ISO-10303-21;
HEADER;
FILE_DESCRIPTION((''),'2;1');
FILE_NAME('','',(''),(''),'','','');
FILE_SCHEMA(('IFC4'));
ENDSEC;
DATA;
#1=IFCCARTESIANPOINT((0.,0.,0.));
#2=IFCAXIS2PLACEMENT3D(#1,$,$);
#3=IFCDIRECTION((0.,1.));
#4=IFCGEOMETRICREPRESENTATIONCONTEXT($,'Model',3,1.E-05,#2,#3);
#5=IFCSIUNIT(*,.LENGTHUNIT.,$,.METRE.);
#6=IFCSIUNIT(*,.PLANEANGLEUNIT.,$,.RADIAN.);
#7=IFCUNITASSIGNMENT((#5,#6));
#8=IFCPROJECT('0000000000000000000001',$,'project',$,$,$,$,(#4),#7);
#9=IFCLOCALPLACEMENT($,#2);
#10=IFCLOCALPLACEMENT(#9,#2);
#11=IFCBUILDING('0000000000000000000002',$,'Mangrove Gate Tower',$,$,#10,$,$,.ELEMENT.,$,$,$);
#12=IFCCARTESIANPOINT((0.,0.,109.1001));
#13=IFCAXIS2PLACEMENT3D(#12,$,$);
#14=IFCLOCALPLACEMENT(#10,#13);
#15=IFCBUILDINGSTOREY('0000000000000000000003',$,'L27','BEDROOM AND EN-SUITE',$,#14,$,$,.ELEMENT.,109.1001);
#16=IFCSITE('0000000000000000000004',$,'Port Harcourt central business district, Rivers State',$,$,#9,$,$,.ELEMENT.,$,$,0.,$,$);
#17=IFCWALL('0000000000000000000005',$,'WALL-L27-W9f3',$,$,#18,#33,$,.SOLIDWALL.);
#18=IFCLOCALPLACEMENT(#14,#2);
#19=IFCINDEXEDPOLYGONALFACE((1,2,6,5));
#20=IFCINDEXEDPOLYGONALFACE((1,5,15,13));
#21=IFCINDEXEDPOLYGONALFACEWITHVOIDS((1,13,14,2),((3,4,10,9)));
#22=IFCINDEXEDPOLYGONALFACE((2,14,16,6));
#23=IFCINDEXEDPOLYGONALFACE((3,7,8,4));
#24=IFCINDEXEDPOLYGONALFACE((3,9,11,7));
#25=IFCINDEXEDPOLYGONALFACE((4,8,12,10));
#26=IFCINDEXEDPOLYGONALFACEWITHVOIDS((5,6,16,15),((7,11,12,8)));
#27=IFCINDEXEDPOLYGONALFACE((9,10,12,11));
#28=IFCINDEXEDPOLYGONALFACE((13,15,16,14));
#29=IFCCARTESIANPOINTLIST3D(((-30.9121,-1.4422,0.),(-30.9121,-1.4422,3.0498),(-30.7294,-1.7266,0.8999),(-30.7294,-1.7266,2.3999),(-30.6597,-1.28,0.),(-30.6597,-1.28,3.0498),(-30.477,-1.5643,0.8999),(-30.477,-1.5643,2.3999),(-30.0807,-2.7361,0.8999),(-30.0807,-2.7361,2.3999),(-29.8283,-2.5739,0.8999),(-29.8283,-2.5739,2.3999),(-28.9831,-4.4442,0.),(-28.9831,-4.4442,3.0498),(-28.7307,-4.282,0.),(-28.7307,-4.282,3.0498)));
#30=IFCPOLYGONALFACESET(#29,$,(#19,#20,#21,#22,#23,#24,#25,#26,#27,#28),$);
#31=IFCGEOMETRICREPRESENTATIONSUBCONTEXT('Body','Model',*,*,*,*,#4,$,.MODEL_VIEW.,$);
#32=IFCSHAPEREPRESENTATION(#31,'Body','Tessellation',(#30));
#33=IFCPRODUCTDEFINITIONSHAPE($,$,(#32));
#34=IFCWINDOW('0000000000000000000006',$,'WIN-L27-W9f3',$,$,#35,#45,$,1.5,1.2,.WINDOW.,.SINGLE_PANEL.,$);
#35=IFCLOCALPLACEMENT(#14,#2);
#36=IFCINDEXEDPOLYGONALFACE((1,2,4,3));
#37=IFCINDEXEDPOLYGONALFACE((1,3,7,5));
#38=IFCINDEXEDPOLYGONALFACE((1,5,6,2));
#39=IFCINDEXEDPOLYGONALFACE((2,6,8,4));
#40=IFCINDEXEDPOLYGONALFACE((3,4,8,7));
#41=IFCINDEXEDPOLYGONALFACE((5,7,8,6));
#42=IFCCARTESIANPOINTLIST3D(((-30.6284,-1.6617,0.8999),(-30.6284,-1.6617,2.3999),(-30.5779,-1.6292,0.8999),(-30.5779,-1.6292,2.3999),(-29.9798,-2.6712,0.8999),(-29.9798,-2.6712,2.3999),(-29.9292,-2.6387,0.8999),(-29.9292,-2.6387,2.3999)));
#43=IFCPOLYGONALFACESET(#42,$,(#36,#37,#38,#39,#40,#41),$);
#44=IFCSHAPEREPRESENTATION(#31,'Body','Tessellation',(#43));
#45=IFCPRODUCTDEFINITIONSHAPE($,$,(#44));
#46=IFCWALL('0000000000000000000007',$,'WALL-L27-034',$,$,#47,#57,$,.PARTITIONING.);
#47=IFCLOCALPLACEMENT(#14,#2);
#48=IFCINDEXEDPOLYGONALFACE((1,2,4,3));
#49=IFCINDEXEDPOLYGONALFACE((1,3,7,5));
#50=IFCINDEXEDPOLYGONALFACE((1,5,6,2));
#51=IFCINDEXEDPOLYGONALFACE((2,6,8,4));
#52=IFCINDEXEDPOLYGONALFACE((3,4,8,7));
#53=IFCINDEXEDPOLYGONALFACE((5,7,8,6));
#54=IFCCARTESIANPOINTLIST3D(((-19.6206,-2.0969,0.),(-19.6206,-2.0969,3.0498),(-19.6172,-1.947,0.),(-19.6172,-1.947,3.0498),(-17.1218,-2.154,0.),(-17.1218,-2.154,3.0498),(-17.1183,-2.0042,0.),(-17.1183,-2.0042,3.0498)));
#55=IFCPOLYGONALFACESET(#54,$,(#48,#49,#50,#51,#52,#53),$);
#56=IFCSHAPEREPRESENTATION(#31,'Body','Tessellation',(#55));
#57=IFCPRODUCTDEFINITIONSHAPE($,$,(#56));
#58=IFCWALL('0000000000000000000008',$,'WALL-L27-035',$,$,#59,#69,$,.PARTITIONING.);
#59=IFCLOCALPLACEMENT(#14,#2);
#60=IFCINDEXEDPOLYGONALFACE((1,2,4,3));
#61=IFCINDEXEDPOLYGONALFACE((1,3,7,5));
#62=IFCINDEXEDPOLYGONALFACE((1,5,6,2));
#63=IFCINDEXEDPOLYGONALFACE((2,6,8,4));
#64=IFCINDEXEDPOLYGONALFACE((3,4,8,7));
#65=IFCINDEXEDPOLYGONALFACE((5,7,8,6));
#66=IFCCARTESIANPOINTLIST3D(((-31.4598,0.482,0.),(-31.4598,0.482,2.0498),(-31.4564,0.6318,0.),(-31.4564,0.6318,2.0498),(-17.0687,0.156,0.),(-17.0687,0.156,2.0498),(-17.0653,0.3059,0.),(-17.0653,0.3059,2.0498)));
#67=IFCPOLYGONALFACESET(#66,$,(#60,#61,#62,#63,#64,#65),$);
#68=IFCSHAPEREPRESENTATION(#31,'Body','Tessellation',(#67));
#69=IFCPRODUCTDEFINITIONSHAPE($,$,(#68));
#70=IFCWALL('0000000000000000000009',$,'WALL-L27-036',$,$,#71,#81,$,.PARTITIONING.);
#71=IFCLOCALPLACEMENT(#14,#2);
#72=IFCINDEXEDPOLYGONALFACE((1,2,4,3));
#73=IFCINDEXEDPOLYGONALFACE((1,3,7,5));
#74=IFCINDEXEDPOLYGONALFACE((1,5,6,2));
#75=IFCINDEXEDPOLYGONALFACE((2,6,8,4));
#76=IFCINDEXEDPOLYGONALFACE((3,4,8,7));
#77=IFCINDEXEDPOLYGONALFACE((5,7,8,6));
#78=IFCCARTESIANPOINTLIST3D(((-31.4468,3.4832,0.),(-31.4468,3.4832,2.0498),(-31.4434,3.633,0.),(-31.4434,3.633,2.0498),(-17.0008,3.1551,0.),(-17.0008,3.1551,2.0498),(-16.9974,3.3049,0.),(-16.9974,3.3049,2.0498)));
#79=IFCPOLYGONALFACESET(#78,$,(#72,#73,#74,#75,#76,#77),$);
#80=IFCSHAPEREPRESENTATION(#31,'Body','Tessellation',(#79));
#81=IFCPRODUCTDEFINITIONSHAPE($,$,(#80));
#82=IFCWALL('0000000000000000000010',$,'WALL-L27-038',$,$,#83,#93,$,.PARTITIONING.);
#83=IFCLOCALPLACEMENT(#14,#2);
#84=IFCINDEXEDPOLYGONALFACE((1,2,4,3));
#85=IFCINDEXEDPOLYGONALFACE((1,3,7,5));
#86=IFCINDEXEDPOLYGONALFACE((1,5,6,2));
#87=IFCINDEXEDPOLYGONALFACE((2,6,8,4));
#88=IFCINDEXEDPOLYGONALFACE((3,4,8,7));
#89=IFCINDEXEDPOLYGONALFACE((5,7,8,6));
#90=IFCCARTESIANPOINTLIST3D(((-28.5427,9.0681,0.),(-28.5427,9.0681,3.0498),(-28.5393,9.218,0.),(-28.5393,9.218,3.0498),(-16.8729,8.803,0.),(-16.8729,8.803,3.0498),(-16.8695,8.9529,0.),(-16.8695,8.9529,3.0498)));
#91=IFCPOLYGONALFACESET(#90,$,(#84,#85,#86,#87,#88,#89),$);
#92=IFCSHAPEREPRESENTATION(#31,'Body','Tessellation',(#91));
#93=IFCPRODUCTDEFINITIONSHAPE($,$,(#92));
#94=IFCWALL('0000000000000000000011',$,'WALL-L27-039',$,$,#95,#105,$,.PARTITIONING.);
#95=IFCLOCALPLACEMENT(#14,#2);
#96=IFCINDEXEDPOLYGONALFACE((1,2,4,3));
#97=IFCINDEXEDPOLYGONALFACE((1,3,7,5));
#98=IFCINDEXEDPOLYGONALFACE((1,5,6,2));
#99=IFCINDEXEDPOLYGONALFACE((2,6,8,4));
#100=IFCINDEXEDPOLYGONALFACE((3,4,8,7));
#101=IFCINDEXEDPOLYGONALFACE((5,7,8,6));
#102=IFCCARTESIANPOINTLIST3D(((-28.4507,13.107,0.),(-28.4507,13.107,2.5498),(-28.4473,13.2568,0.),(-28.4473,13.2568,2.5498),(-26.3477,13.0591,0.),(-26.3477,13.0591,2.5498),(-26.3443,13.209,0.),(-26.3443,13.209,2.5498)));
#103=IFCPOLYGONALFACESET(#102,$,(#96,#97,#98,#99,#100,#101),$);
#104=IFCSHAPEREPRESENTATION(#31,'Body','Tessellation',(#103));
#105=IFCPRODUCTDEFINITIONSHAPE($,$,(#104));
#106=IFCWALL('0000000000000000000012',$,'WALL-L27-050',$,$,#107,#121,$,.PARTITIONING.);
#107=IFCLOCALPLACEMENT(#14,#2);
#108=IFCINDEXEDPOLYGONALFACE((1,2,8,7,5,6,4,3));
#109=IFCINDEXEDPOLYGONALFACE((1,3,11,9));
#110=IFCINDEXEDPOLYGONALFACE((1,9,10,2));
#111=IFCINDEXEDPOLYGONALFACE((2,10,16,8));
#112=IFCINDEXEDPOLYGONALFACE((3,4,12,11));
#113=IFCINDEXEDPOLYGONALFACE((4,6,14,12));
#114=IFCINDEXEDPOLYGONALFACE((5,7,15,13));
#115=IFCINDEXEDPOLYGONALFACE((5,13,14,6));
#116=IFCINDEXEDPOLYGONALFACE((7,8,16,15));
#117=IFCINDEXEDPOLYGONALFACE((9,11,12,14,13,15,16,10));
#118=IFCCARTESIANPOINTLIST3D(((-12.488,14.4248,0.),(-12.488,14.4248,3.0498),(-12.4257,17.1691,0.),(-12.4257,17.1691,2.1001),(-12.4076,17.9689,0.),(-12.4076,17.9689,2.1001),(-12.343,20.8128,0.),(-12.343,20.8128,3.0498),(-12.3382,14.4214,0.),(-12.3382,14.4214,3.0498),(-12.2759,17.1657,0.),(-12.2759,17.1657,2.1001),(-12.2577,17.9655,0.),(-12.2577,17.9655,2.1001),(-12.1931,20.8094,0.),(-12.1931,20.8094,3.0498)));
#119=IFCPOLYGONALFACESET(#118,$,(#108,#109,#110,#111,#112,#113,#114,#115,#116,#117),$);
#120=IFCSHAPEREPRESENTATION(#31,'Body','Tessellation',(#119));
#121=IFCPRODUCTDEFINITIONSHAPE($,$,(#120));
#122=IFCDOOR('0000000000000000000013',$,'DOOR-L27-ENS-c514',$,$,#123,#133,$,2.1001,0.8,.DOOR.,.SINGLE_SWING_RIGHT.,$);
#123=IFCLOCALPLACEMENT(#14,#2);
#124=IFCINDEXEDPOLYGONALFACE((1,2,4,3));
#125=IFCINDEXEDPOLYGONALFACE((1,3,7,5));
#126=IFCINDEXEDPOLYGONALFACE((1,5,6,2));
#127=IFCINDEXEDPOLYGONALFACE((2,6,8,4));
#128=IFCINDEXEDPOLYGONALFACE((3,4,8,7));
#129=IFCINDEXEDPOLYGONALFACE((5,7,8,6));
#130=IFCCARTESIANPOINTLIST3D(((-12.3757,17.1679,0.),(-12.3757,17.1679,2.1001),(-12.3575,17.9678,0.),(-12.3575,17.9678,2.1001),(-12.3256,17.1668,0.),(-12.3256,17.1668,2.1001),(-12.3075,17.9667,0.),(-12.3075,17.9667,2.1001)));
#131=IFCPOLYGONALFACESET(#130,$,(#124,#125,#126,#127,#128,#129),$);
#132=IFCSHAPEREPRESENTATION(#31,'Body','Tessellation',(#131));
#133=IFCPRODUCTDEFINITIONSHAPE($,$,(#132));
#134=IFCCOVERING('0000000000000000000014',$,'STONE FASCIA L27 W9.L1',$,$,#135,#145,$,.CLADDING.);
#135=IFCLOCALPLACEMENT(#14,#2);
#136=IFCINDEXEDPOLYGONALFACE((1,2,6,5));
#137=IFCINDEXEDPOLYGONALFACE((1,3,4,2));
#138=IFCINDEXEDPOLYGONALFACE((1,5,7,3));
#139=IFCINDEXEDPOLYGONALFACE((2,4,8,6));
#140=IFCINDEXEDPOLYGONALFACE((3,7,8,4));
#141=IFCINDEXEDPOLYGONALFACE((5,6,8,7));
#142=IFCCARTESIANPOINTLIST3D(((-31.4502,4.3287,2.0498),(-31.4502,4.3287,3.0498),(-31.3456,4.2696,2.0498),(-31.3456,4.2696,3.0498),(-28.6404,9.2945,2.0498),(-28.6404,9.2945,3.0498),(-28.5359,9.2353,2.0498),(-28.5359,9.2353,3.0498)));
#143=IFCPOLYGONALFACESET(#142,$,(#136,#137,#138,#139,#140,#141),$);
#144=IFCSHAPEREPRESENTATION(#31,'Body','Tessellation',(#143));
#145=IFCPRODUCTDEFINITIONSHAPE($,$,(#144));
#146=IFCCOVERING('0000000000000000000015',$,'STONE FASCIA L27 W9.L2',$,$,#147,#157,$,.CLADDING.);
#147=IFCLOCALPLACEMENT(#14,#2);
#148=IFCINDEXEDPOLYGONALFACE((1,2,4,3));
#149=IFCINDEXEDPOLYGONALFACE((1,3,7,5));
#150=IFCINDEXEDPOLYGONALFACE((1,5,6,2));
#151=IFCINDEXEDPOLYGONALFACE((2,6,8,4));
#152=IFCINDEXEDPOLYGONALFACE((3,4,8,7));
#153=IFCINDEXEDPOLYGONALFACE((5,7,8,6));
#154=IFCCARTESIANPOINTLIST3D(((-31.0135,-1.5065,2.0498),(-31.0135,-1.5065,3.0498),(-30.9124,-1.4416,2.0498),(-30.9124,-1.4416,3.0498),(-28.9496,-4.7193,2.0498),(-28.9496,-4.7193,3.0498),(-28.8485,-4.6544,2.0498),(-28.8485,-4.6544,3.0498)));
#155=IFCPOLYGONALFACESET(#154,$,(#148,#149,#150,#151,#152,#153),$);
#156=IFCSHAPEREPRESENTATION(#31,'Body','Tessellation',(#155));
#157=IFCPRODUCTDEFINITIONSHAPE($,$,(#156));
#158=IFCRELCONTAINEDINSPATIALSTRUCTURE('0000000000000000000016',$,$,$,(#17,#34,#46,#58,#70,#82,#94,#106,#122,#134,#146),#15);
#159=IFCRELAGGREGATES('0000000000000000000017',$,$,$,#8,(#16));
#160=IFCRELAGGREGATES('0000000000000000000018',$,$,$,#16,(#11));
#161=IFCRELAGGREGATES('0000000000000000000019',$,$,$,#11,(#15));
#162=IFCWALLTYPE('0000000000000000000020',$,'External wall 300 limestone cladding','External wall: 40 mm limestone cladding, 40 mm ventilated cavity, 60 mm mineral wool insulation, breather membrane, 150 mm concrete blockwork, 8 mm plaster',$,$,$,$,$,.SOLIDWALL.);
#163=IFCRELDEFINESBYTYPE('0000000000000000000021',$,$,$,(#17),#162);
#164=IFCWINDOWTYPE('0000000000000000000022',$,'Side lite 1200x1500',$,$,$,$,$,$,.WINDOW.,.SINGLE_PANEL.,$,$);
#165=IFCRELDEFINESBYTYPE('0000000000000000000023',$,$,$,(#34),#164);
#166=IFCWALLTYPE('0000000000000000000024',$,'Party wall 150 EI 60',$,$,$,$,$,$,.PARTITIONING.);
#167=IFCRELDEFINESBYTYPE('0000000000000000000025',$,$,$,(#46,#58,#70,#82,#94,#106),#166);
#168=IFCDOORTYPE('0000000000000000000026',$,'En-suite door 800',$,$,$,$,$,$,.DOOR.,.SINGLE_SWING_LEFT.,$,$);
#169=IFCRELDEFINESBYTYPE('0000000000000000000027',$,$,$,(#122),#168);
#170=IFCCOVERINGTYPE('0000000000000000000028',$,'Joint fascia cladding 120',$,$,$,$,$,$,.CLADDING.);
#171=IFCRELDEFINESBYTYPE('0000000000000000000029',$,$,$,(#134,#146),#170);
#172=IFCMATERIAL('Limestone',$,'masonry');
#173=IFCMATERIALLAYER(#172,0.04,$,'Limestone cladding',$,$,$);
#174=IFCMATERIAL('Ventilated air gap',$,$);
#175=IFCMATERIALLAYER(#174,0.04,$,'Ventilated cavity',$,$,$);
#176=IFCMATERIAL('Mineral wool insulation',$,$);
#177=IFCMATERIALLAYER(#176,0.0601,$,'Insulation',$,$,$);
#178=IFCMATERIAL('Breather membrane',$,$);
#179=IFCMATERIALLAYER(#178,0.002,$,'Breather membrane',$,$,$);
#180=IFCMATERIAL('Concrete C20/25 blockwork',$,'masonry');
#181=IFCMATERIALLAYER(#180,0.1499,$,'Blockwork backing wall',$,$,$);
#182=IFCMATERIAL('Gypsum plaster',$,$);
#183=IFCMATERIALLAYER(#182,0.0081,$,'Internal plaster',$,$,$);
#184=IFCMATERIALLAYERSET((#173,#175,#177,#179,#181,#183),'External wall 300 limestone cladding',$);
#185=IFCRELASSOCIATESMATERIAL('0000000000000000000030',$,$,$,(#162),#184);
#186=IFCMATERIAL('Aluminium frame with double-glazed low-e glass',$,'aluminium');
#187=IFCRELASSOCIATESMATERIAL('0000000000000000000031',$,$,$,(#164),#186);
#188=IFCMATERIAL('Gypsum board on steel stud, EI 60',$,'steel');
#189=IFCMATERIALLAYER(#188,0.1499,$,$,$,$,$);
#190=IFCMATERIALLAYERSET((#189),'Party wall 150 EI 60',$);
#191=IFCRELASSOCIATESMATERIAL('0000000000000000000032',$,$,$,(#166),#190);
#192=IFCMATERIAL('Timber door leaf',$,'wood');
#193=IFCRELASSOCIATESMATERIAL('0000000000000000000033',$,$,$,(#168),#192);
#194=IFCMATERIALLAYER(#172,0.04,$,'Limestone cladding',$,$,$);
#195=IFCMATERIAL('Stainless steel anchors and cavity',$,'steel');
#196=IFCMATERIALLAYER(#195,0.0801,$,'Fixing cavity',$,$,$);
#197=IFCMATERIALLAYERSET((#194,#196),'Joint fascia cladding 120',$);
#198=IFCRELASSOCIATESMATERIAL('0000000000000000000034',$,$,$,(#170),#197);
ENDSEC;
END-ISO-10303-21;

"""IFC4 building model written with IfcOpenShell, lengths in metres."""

from ifc_helpers import new_model, si_unit, direction, frame, frame_2d, origin, place, context, subcontext, project, spatial, rectangle, extrude, material, layer, layer_set, type_object, element, fill, save


model = new_model("IFC4")

# Units and contexts
model_context = context("Model", 3, precision=1e-05, world=origin(), true_north=direction((0.0, 1.0)))
body_context = subcontext(model_context, "Body", "Model", "MODEL_VIEW")
ifc_project = project(units=[si_unit("LENGTHUNIT", "METRE"), si_unit("PLANEANGLEUNIT", "RADIAN")], contexts=[model_context])

# Site, building, storey
site_placement = place(None, origin())
site = spatial("IfcSite", under=ifc_project, at=site_placement, Name="Port Harcourt central business district, Rivers State", CompositionType="ELEMENT", RefElevation=0.0)
building_placement = place(site_placement, origin())
building = spatial("IfcBuilding", under=site, at=building_placement, Name="Mangrove Gate Tower", CompositionType="ELEMENT")
storey_placement = place(building_placement, frame((0.0, 0.0, 109.1001)))
storey = spatial("IfcBuildingStorey", under=building, at=storey_placement, Name="L27", Description="BEDROOM AND EN-SUITE", CompositionType="ELEMENT", Elevation=109.1001)

# Wall, opening, window
ifc_material_1 = material(Name="Limestone", Category="masonry")
ifc_layer_1 = layer(ifc_material_1, 0.04, Name="Limestone cladding")
ifc_material_2 = material(Name="Ventilated air gap")
ifc_layer_2 = layer(ifc_material_2, 0.04, Name="Ventilated cavity")
ifc_material_3 = material(Name="Mineral wool insulation")
ifc_layer_3 = layer(ifc_material_3, 0.0601, Name="Insulation")
ifc_material_4 = material(Name="Breather membrane")
ifc_layer_4 = layer(ifc_material_4, 0.002, Name="Breather membrane")
ifc_material_5 = material(Name="Concrete C20/25 blockwork", Category="masonry")
ifc_layer_5 = layer(ifc_material_5, 0.1499, Name="Blockwork backing wall")
ifc_material_6 = material(Name="Gypsum plaster")
ifc_layer_6 = layer(ifc_material_6, 0.0081, Name="Internal plaster")
ifc_layer_set_1 = layer_set([ifc_layer_1, ifc_layer_2, ifc_layer_3, ifc_layer_4, ifc_layer_5, ifc_layer_6], Name="External wall 300 limestone cladding")
wall_type_1 = type_object("IfcWallType", Name="External wall 300 limestone cladding", Description="External wall: 40 mm limestone cladding, 40 mm ventilated cavity, 60 mm mineral wool insulation, breather membrane, 150 mm concrete blockwork, 8 mm plaster", PredefinedType="SOLIDWALL", material=ifc_layer_set_1)
ifc_material_7 = material(Name="Aluminium frame with double-glazed low-e glass", Category="aluminium")
window_type = type_object("IfcWindowType", Name="Side lite 1200x1500", PartitioningType="SINGLE_PANEL", PredefinedType="WINDOW", material=ifc_material_7)
wall_1_placement = place(storey_placement, frame((-30.7859, -1.3611, 0.0), z_axis=(0.0, 0.0, 1.0), x_axis=(0.540585, -0.84129, 0.0)))
wall_1 = element("IfcWall", 1, at=wall_1_placement, inside=storey, type_object=wall_type_1, Name="WALL-L27-W9f3", PredefinedType="SOLIDWALL", context=body_context, shape_type="SweptSolid", body=[
    extrude(rectangle(XDim=3.5684, YDim=0.3, at=frame_2d((1.7842, 0.0))), origin(), (0.0, 0.0, 1.0), 3.0498),
])
opening_1_placement = place(wall_1_placement, frame((0.3379, 0.0, 0.8999)))
opening_1 = element("IfcOpeningElement", 2, at=opening_1_placement, cuts=wall_1, PredefinedType="OPENING", context=body_context, shape_type="SweptSolid", body=[
    extrude(rectangle(XDim=1.2, YDim=1.5, at=frame_2d((0.6001, 0.75))), frame((0.0, 0.1599, 0.0), z_axis=(0.0, -1.0, 0.0), x_axis=(1.0, 0.0, 0.0)), (0.0, 0.0, 1.0), 0.3201),
])
window_1_placement = place(opening_1_placement, origin())
window_1 = element("IfcWindow", 3, at=window_1_placement, inside=storey, type_object=window_type, Name="WIN-L27-W9f3", OverallHeight=1.5, OverallWidth=1.2, PartitioningType="SINGLE_PANEL", PredefinedType="WINDOW", context=body_context, shape_type="SweptSolid", body=[
    extrude(rectangle(XDim=1.2, YDim=1.5, at=frame_2d((0.6001, 0.75))), frame((0.0, 0.03, 0.0), z_axis=(0.0, -1.0, 0.0), x_axis=(1.0, 0.0, 0.0)), (0.0, 0.0, 1.0), 0.0601),
])
fill(opening_1, window_1)

# Walls
ifc_material_8 = material(Name="Gypsum board on steel stud, EI 60", Category="steel")
ifc_layer_7 = layer(ifc_material_8, 0.1499)
ifc_layer_set_2 = layer_set([ifc_layer_7], Name="Party wall 150 EI 60")
wall_type_2 = type_object("IfcWallType", Name="Party wall 150 EI 60", PredefinedType="PARTITIONING", material=ifc_layer_set_2)
wall_2_placement = place(storey_placement, frame((-19.6189, -2.022, 0.0), z_axis=(0.0, 0.0, 1.0), x_axis=(0.999739, -0.022857, 0.0)))
element("IfcWall", 4, at=wall_2_placement, inside=storey, type_object=wall_type_2, Name="WALL-L27-034", PredefinedType="PARTITIONING", context=body_context, shape_type="SweptSolid", body=[
    extrude(rectangle(XDim=2.4995, YDim=0.1499, at=frame_2d((1.2498, 0.0))), origin(), (0.0, 0.0, 1.0), 3.0498),
])
wall_3_placement = place(storey_placement, frame((-31.458, 0.5569, 0.0), z_axis=(0.0, 0.0, 1.0), x_axis=(0.999744, -0.022642, 0.0)))
element("IfcWall", 5, at=wall_3_placement, inside=storey, type_object=wall_type_2, Name="WALL-L27-035", PredefinedType="PARTITIONING", context=body_context, shape_type="SweptSolid", body=[
    extrude(rectangle(XDim=14.3948, YDim=0.1499, at=frame_2d((7.1973, 0.0))), origin(), (0.0, 0.0, 1.0), 2.0498),
])
wall_4_placement = place(storey_placement, frame((-31.4451, 3.5581, 0.0), z_axis=(0.0, 0.0, 1.0), x_axis=(0.999742, -0.022708, 0.0)))
element("IfcWall", 6, at=wall_4_placement, inside=storey, type_object=wall_type_2, Name="WALL-L27-036", PredefinedType="PARTITIONING", context=body_context, shape_type="SweptSolid", body=[
    extrude(rectangle(XDim=14.4497, YDim=0.1499, at=frame_2d((7.2249, 0.0))), origin(), (0.0, 0.0, 1.0), 2.0498),
])
wall_5_placement = place(storey_placement, frame((-28.541, 9.1431, 0.0), z_axis=(0.0, 0.0, 1.0), x_axis=(0.999742, -0.022714, 0.0)))
element("IfcWall", 7, at=wall_5_placement, inside=storey, type_object=wall_type_2, Name="WALL-L27-038", PredefinedType="PARTITIONING", context=body_context, shape_type="SweptSolid", body=[
    extrude(rectangle(XDim=11.6729, YDim=0.1499, at=frame_2d((5.8364, 0.0))), origin(), (0.0, 0.0, 1.0), 3.0498),
])
wall_6_placement = place(storey_placement, frame((-28.449, 13.1819, 0.0), z_axis=(0.0, 0.0, 1.0), x_axis=(0.999741, -0.022748, 0.0)))
element("IfcWall", 8, at=wall_6_placement, inside=storey, type_object=wall_type_2, Name="WALL-L27-039", PredefinedType="PARTITIONING", context=body_context, shape_type="SweptSolid", body=[
    extrude(rectangle(XDim=2.1035, YDim=0.1499, at=frame_2d((1.0518, 0.0))), origin(), (0.0, 0.0, 1.0), 2.5498),
])

# Wall, opening, door
wall_7_placement = place(storey_placement, frame((-12.4131, 14.4231, 0.0), z_axis=(0.0, 0.0, 1.0), x_axis=(0.022696, 0.999742, 0.0)))
wall_7 = element("IfcWall", 9, at=wall_7_placement, inside=storey, type_object=wall_type_2, Name="WALL-L27-050", PredefinedType="PARTITIONING", context=body_context, shape_type="SweptSolid", body=[
    extrude(rectangle(XDim=6.3896, YDim=0.1499, at=frame_2d((3.1948, 0.0))), origin(), (0.0, 0.0, 1.0), 3.0498),
])
opening_2_placement = place(wall_7_placement, frame((2.7451, 0.0, 0.0)))
opening_2 = element("IfcOpeningElement", 10, at=opening_2_placement, cuts=wall_7, PredefinedType="OPENING", context=body_context, shape_type="SweptSolid", body=[
    extrude(rectangle(XDim=0.8, YDim=2.1001, at=frame_2d((0.3999, 1.05))), frame((0.0, 0.085, 0.0), z_axis=(0.0, -1.0, 0.0), x_axis=(1.0, 0.0, 0.0)), (0.0, 0.0, 1.0), 0.1699),
])
ifc_material_9 = material(Name="Timber door leaf", Category="wood")
door_type_1 = type_object("IfcDoorType", Name="En-suite door 800", OperationType="SINGLE_SWING_LEFT", PredefinedType="DOOR", material=ifc_material_9)
door_1_placement = place(opening_2_placement, origin())
door_1 = element("IfcDoor", 11, at=door_1_placement, inside=storey, type_object=door_type_1, Name="DOOR-L27-ENS-c514", OperationType="SINGLE_SWING_RIGHT", OverallHeight=2.1001, OverallWidth=0.8, PredefinedType="DOOR", context=body_context, shape_type="SweptSolid", body=[
    extrude(rectangle(XDim=0.8, YDim=2.1001, at=frame_2d((0.3999, 1.05))), frame((0.0, 0.0249, 0.0), z_axis=(0.0, -1.0, 0.0), x_axis=(1.0, 0.0, 0.0)), (0.0, 0.0, 1.0), 0.05),
])
fill(opening_2, door_1)

# Coverings
ifc_layer_8 = layer(ifc_material_1, 0.04, Name="Limestone cladding")
ifc_material_10 = material(Name="Stainless steel anchors and cavity", Category="steel")
ifc_layer_9 = layer(ifc_material_10, 0.0801, Name="Fixing cavity")
ifc_layer_set_3 = layer_set([ifc_layer_8, ifc_layer_9], Name="Joint fascia cladding 120")
covering_type = type_object("IfcCoveringType", Name="Joint fascia cladding 120", PredefinedType="CLADDING", material=ifc_layer_set_3)
covering_1_placement = place(storey_placement, frame((-28.5881, 9.2649, 2.0498), z_axis=(0.0, 0.0, 1.0), x_axis=(-0.492462, -0.870334, 0.0)))
element("IfcCovering", 12, at=covering_1_placement, inside=storey, type_object=covering_type, Name="STONE FASCIA L27 W9.L1", PredefinedType="CLADDING", context=body_context, shape_type="SweptSolid", body=[
    extrude(rectangle(XDim=5.7056, YDim=0.1201, at=frame_2d((2.8528, 0.0))), origin(), (0.0, 0.0, 1.0), 1.0),
])
covering_2_placement = place(storey_placement, frame((-30.9629, -1.4741, 2.0498), z_axis=(0.0, 0.0, 1.0), x_axis=(0.540486, -0.841353, 0.0)))
element("IfcCovering", 13, at=covering_2_placement, inside=storey, type_object=covering_type, Name="STONE FASCIA L27 W9.L2", PredefinedType="CLADDING", context=body_context, shape_type="SweptSolid", body=[
    extrude(rectangle(XDim=3.8186, YDim=0.1201, at=frame_2d((1.9092, 0.0))), origin(), (0.0, 0.0, 1.0), 1.0),
])

save(model, "model.ifc")
